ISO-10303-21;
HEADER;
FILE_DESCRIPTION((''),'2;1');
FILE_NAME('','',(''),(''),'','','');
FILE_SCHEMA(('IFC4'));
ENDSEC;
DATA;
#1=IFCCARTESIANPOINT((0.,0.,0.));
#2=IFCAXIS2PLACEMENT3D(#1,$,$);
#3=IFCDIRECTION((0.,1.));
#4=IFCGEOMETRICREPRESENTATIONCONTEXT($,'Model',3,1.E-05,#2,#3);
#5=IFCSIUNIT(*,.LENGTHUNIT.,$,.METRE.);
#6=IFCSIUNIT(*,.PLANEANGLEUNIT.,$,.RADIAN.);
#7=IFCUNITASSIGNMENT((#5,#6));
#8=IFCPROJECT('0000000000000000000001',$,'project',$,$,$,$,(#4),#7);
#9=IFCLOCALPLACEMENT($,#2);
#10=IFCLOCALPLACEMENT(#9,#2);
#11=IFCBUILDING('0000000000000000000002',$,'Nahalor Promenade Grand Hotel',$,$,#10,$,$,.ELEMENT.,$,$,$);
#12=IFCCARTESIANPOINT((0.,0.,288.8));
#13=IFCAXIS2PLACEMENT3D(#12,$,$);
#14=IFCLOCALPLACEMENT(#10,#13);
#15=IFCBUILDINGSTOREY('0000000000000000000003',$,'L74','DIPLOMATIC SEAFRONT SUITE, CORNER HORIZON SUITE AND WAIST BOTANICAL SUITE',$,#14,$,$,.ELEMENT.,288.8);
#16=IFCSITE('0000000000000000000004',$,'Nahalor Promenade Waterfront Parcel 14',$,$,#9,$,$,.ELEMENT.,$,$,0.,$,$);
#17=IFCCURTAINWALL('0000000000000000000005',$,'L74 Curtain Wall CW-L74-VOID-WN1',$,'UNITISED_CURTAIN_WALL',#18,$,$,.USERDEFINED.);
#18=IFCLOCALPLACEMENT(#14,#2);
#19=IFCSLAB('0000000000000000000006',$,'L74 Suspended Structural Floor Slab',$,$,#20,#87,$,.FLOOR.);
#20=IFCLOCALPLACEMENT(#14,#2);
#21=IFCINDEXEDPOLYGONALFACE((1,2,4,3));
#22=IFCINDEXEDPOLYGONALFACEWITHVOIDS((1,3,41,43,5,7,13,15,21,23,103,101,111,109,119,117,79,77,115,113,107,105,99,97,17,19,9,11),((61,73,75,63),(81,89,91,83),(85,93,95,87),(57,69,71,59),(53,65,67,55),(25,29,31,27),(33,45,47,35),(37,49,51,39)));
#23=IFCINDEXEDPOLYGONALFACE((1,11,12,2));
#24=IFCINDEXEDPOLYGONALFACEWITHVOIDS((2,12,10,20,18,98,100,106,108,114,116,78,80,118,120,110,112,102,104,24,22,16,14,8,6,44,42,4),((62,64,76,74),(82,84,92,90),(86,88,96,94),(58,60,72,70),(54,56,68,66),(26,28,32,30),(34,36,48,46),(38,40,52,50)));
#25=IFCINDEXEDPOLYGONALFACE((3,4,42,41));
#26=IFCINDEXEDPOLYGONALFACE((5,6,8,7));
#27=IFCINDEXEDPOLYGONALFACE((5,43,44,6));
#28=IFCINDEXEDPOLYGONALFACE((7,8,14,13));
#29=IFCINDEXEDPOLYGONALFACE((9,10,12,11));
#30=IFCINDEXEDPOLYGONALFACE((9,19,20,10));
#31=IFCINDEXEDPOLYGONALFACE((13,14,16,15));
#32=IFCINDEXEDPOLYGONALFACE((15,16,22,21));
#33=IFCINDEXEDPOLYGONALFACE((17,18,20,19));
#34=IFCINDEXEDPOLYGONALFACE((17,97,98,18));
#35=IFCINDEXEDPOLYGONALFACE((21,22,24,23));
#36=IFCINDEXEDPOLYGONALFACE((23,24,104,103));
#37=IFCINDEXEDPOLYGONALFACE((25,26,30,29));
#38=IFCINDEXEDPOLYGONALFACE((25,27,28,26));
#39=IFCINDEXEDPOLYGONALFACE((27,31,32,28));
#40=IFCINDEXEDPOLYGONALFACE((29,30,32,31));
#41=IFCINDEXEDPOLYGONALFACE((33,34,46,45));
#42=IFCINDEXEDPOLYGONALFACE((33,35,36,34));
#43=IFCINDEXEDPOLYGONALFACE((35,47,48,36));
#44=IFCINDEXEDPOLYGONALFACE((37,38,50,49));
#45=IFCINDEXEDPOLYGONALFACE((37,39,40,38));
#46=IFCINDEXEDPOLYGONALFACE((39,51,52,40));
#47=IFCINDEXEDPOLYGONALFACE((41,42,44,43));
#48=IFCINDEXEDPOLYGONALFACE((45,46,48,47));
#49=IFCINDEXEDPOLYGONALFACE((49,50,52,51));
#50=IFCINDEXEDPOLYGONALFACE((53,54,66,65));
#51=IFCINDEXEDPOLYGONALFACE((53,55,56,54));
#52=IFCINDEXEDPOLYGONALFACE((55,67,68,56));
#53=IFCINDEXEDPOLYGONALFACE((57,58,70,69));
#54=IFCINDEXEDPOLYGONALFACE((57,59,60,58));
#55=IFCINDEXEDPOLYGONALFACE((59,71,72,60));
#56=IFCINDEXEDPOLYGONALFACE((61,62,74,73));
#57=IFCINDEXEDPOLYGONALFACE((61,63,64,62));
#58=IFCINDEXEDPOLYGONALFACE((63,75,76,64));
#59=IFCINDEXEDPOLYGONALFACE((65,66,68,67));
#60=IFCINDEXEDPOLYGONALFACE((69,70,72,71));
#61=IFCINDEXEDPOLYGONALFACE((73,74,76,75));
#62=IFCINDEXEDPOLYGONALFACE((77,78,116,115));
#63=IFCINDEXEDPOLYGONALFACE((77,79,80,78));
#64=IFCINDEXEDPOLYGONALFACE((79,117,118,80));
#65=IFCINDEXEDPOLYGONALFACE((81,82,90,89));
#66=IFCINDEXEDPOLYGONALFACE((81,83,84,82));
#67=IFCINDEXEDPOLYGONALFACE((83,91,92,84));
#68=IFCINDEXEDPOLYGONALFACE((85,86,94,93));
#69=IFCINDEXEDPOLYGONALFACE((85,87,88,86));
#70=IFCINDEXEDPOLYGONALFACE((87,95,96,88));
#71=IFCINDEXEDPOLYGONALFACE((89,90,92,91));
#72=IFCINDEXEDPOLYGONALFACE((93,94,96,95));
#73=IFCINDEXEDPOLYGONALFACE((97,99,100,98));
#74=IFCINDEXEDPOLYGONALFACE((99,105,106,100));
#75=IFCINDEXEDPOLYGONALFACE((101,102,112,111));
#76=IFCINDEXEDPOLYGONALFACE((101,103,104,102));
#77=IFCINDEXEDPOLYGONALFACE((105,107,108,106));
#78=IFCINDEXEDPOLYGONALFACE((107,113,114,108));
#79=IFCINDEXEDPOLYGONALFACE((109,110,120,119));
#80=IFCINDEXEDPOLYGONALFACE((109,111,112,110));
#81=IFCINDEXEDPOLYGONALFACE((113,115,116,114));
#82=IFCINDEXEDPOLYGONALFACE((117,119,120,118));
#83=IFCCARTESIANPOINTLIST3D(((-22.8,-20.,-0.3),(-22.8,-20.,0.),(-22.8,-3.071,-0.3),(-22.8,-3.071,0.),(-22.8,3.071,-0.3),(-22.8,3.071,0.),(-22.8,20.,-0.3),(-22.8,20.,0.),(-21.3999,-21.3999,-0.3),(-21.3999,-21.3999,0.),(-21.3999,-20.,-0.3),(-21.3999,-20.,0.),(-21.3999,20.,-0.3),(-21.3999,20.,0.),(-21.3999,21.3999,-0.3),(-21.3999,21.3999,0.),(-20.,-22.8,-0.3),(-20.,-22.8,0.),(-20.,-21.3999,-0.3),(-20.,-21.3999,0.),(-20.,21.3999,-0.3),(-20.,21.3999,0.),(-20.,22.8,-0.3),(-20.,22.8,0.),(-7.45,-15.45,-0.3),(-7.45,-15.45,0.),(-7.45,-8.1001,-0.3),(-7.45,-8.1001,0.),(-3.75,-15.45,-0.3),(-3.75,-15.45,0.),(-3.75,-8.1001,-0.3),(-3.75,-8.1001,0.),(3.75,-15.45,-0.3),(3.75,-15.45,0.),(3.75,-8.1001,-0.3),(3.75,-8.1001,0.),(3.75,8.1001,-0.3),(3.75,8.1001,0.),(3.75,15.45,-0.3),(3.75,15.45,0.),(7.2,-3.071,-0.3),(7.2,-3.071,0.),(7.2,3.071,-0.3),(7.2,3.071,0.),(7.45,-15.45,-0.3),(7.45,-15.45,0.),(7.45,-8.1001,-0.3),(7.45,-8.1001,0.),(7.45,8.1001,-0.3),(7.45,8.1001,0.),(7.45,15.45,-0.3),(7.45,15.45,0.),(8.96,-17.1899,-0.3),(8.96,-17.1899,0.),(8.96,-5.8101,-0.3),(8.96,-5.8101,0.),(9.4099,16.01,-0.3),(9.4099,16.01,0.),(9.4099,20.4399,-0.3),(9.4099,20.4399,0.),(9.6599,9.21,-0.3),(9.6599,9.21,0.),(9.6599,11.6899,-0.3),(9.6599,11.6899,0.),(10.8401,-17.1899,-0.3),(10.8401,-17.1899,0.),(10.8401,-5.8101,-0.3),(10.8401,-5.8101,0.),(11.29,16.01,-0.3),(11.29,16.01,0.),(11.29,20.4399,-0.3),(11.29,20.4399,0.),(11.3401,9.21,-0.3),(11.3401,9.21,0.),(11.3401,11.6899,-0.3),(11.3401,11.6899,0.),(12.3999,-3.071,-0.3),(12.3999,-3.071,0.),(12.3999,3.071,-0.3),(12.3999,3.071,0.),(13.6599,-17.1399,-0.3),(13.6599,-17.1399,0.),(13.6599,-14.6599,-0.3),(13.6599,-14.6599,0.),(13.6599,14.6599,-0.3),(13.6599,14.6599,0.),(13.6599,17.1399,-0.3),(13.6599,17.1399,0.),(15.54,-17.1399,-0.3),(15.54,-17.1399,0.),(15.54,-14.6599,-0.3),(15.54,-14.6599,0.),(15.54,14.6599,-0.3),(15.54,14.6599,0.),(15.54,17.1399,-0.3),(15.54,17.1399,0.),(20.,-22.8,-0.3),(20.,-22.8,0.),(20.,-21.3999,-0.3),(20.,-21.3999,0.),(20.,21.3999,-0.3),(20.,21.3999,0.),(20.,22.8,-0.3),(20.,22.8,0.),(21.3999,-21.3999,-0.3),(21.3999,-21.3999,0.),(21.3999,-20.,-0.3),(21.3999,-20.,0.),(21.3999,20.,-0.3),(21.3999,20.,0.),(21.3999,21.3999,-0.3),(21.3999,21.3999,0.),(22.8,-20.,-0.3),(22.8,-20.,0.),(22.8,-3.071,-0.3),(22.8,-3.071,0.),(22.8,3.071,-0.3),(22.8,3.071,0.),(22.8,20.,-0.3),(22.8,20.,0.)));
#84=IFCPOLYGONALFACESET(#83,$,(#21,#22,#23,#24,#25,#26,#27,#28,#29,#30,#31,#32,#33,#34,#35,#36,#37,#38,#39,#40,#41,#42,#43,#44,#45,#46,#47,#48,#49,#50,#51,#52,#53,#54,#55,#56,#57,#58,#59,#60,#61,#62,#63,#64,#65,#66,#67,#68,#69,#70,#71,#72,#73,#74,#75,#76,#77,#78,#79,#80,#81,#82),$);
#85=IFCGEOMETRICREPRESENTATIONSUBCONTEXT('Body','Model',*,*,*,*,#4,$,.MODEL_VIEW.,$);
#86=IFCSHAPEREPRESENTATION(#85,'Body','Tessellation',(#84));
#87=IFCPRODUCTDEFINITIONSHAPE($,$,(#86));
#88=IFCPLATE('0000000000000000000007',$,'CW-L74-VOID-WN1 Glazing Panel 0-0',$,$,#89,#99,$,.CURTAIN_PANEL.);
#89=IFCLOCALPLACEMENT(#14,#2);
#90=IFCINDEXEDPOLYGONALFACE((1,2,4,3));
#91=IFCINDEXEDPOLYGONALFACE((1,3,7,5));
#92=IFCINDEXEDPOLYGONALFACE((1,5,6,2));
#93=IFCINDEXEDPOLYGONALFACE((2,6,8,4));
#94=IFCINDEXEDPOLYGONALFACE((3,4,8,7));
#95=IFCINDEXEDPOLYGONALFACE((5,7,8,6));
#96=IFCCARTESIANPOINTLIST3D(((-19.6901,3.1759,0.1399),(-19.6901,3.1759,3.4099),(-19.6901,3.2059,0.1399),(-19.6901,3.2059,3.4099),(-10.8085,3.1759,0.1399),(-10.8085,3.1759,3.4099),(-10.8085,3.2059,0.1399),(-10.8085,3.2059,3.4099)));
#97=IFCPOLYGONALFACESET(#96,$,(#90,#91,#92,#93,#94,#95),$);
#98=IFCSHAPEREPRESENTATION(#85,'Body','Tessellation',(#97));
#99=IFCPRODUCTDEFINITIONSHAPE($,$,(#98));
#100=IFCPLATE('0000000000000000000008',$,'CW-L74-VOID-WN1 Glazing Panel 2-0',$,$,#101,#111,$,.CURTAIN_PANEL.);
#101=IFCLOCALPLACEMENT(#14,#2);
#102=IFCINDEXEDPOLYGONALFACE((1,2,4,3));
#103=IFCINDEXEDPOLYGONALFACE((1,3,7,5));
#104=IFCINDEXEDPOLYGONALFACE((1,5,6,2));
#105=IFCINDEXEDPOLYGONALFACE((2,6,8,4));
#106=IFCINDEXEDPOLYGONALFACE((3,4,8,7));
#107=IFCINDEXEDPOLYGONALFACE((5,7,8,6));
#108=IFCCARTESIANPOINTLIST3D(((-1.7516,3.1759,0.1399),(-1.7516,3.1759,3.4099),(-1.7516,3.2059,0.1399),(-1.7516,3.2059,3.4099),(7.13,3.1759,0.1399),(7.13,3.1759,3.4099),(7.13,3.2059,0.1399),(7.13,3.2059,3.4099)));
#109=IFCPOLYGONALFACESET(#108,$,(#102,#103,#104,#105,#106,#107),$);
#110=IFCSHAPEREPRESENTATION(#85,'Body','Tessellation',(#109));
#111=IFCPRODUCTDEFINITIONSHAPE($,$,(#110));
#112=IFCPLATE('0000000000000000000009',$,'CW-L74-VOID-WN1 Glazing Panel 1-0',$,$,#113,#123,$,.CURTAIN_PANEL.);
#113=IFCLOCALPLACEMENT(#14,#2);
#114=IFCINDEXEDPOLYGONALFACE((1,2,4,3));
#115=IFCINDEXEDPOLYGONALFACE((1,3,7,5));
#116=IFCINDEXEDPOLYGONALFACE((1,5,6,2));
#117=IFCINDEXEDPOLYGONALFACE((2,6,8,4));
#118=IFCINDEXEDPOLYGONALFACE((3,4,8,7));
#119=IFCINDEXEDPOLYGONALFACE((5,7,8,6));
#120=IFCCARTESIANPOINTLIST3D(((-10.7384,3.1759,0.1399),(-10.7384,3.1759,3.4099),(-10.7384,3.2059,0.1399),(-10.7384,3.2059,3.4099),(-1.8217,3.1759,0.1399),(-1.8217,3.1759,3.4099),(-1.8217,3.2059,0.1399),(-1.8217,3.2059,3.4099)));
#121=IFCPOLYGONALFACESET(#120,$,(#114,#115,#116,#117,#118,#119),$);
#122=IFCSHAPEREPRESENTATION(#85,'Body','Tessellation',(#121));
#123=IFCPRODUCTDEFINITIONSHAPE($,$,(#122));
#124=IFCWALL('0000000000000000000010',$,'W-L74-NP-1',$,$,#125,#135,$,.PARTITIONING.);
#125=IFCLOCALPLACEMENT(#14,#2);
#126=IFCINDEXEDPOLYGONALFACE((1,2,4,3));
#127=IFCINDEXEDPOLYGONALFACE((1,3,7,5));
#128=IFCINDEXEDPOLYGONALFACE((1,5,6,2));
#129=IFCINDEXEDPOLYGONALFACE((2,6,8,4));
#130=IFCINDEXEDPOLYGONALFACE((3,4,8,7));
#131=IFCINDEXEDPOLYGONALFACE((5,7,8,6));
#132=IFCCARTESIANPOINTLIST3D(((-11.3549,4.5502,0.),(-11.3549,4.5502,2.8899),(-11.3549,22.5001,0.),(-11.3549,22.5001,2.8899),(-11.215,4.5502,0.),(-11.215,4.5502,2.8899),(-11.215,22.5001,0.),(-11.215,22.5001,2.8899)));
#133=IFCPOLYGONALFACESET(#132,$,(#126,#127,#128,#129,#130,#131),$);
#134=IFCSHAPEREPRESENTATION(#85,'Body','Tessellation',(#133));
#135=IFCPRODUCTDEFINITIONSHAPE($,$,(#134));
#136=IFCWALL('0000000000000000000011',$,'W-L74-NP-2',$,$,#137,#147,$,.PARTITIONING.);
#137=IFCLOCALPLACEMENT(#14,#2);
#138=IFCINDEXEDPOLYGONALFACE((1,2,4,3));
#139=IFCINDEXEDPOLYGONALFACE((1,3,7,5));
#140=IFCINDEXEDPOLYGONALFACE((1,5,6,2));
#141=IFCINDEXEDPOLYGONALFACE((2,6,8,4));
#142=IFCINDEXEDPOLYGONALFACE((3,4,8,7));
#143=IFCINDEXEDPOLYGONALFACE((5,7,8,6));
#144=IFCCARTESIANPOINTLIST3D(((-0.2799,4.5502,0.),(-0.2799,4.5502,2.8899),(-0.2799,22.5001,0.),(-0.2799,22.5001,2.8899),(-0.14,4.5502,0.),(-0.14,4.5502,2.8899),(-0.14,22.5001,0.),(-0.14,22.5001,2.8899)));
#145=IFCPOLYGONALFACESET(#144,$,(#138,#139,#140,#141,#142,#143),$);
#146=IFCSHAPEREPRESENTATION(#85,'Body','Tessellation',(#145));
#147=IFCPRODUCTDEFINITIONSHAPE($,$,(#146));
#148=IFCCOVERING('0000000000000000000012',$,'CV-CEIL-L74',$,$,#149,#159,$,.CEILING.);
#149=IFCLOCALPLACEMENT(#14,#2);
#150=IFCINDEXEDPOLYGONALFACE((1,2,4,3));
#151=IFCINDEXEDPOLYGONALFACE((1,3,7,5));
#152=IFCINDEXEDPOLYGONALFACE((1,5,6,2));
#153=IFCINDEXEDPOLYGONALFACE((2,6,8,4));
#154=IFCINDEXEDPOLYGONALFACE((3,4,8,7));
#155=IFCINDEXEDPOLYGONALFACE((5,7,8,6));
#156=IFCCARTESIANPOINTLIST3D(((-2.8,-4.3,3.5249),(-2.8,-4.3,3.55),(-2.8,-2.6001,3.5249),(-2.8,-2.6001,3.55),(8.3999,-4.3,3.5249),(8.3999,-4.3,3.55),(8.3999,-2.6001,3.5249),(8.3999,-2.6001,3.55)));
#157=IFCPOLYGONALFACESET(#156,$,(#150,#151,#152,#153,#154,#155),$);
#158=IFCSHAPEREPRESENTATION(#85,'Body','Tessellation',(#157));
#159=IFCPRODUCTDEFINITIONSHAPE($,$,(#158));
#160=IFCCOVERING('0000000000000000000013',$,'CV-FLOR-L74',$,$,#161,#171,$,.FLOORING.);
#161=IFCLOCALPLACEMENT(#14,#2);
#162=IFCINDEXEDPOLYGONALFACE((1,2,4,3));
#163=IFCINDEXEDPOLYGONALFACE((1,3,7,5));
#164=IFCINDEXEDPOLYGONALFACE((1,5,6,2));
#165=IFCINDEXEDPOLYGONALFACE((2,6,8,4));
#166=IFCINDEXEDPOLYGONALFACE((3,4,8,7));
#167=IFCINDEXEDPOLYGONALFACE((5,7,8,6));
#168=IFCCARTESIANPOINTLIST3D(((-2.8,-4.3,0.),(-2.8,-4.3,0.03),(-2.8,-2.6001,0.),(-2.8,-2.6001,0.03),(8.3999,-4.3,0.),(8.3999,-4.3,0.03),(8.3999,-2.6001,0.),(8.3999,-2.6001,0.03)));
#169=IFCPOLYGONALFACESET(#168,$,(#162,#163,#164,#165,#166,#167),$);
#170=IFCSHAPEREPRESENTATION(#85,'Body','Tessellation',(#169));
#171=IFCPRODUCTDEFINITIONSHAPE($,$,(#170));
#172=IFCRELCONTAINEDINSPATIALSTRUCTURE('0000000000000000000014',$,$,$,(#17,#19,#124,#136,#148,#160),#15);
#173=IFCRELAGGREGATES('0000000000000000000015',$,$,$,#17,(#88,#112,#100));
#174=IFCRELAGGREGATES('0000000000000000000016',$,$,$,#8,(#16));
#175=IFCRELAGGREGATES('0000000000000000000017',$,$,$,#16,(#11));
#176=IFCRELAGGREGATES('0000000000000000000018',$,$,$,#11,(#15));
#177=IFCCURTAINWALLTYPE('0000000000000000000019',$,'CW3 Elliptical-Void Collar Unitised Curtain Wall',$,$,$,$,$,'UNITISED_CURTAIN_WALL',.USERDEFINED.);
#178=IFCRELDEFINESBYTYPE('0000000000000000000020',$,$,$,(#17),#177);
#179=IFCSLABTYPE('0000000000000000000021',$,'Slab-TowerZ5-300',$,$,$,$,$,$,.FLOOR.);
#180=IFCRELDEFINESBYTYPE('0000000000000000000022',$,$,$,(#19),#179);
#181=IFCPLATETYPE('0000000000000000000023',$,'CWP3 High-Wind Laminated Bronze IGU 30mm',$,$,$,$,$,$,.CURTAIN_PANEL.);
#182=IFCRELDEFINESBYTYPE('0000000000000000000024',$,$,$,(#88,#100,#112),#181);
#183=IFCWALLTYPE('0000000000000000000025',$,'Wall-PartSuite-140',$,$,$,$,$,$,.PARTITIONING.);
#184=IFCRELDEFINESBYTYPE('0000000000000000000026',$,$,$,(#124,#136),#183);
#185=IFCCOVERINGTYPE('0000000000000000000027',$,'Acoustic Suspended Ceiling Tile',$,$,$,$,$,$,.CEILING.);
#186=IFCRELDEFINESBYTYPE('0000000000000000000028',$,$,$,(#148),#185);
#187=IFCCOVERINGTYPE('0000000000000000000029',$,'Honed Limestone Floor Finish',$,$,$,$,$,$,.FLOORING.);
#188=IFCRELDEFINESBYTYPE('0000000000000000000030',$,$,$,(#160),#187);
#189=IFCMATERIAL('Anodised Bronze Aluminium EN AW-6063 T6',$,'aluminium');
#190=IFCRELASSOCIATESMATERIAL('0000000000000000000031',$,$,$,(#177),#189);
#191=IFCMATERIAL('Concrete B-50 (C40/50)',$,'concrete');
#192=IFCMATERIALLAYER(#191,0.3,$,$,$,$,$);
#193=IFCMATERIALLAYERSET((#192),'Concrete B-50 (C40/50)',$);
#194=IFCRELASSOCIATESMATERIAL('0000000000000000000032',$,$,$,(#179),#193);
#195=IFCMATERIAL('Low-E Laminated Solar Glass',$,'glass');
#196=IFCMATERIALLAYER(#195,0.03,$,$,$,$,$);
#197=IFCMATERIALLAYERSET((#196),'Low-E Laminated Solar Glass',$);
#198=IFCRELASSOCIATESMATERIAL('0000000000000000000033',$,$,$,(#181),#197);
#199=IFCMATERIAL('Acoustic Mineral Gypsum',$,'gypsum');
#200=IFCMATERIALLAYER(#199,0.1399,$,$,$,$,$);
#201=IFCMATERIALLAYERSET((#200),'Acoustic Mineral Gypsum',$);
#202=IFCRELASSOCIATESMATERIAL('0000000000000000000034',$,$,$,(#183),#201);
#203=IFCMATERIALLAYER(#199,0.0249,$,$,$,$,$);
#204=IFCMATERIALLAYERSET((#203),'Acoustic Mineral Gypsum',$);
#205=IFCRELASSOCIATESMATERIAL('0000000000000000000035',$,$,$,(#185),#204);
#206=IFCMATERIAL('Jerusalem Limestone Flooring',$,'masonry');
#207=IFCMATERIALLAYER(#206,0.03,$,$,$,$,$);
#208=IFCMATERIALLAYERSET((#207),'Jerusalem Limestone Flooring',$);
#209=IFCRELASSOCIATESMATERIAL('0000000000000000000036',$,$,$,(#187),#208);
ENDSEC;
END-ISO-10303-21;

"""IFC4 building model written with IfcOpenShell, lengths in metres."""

from ifc_helpers import new_model, si_unit, direction, frame, frame_2d, origin, origin_2d, place, context, subcontext, project, spatial, polyline, rectangle, outline, extrude, source, transform, mapped, material, layer, layer_set, type_object, element, aggregate, save


model = new_model("IFC4")

# Units and contexts
model_context = context("Model", 3, precision=1e-05, world=origin(), true_north=direction((0.0, 1.0)))
body_context = subcontext(model_context, "Body", "Model", "MODEL_VIEW")
ifc_project = project(units=[si_unit("LENGTHUNIT", "METRE"), si_unit("PLANEANGLEUNIT", "RADIAN")], contexts=[model_context])

# Site, building, storey
site_placement = place(None, origin())
site = spatial("IfcSite", under=ifc_project, at=site_placement, Name="Nahalor Promenade Waterfront Parcel 14", CompositionType="ELEMENT", RefElevation=0.0)
building_placement = place(site_placement, origin())
building = spatial("IfcBuilding", under=site, at=building_placement, Name="Nahalor Promenade Grand Hotel", CompositionType="ELEMENT")
storey_placement = place(building_placement, frame((0.0, 0.0, 288.8)))
storey = spatial("IfcBuildingStorey", under=building, at=storey_placement, Name="L74", Description="DIPLOMATIC SEAFRONT SUITE, CORNER HORIZON SUITE AND WAIST BOTANICAL SUITE", CompositionType="ELEMENT", Elevation=288.8)

# Shared definitions
ifc_material_1 = material(Name="Concrete B-50 (C40/50)", Category="concrete")

# Curtain wall
ifc_material_2 = material(Name="Anodised Bronze Aluminium EN AW-6063 T6", Category="aluminium")
curtain_wall_type = type_object("IfcCurtainWallType", Name="CW3 Elliptical-Void Collar Unitised Curtain Wall", ElementType="UNITISED_CURTAIN_WALL", PredefinedType="USERDEFINED", material=ifc_material_2)
curtain_wall_placement = place(storey_placement, origin())
curtain_wall = element("IfcCurtainWall", 1, at=curtain_wall_placement, inside=storey, type_object=curtain_wall_type, Name="L74 Curtain Wall CW-L74-VOID-WN1", ObjectType="UNITISED_CURTAIN_WALL", PredefinedType="USERDEFINED")

# Slab
ifc_layer_1 = layer(ifc_material_1, 0.3)
ifc_layer_set_1 = layer_set([ifc_layer_1], Name="Concrete B-50 (C40/50)")
slab_type_1 = type_object("IfcSlabType", Name="Slab-TowerZ5-300", PredefinedType="FLOOR", material=ifc_layer_set_1)
slab_1_placement = place(storey_placement, frame((0.0, 0.0, -0.3)))
element("IfcSlab", 2, at=slab_1_placement, inside=storey, type_object=slab_type_1, Name="L74 Suspended Structural Floor Slab", PredefinedType="FLOOR", context=body_context, shape_type="SweptSolid", body=[
    extrude(outline(polyline([(-20.0, -22.8), (20.0, -22.8), (20.0, -21.3999), (21.3999, -21.3999), (21.3999, -20.0), (22.8, -20.0), (22.8, -3.071), (12.3999, -3.071), (12.3999, 3.071), (22.8, 3.071), (22.8, 20.0), (21.3999, 20.0), (21.3999, 21.3999), (20.0, 21.3999), (20.0, 22.8), (-20.0, 22.8), (-20.0, 21.3999), (-21.3999, 21.3999), (-21.3999, 20.0), (-22.8, 20.0), (-22.8, 3.071), (7.2, 3.071), (7.2, -3.071), (-22.8, -3.071), (-22.8, -20.0), (-21.3999, -20.0), (-21.3999, -21.3999), (-20.0, -21.3999), (-20.0, -22.8)]), holes=[polyline([(3.75, 8.1001), (7.45, 8.1001), (7.45, 15.45), (3.75, 15.45), (3.75, 8.1001)]), polyline([(3.75, -15.45), (7.45, -15.45), (7.45, -8.1001), (3.75, -8.1001), (3.75, -15.45)]), polyline([(-7.45, -15.45), (-3.75, -15.45), (-3.75, -8.1001), (-7.45, -8.1001), (-7.45, -15.45)]), polyline([(8.96, -17.1899), (10.8401, -17.1899), (10.8401, -5.8101), (8.96, -5.8101), (8.96, -17.1899)]), polyline([(9.4099, 16.01), (11.29, 16.01), (11.29, 20.4399), (9.4099, 20.4399), (9.4099, 16.01)]), polyline([(9.6599, 9.21), (11.3401, 9.21), (11.3401, 11.6899), (9.6599, 11.6899), (9.6599, 9.21)]), polyline([(13.6599, 14.6599), (15.54, 14.6599), (15.54, 17.1399), (13.6599, 17.1399), (13.6599, 14.6599)]), polyline([(13.6599, -17.1399), (15.54, -17.1399), (15.54, -14.6599), (13.6599, -14.6599), (13.6599, -17.1399)])]), origin(), (0.0, 0.0, 1.0), 0.3),
])

# Plates
ifc_material_3 = material(Name="Low-E Laminated Solar Glass", Category="glass")
ifc_layer_2 = layer(ifc_material_3, 0.03)
ifc_layer_set_2 = layer_set([ifc_layer_2], Name="Low-E Laminated Solar Glass")
plate_type = type_object("IfcPlateType", Name="CWP3 High-Wind Laminated Bronze IGU 30mm", PredefinedType="CURTAIN_PANEL", material=ifc_layer_set_2)
shared_shape_1 = source(origin(), body_context, "Body", "SweptSolid", [
    extrude(rectangle(XDim=8.8816, YDim=0.03, at=origin_2d()), origin(), (0.0, 0.0, 1.0), 3.27),
])
plate_1_placement = place(storey_placement, frame((-15.2493, 3.1909, 0.1399), z_axis=(0.0, 0.0, 1.0), x_axis=(1.0, 0.0, 0.0)))
plate_1 = element("IfcPlate", 3, at=plate_1_placement, type_object=plate_type, Name="CW-L74-VOID-WN1 Glazing Panel 0-0", PredefinedType="CURTAIN_PANEL", context=body_context, shape_type="MappedRepresentation", body=[
    mapped(shared_shape_1, transform((0.0, 0.0, 0.0), scale=1.0)),
])
plate_2_placement = place(storey_placement, frame((2.6892, 3.1909, 0.1399), z_axis=(0.0, 0.0, 1.0), x_axis=(1.0, 0.0, 0.0)))
plate_2 = element("IfcPlate", 4, at=plate_2_placement, type_object=plate_type, Name="CW-L74-VOID-WN1 Glazing Panel 2-0", PredefinedType="CURTAIN_PANEL", context=body_context, shape_type="MappedRepresentation", body=[
    mapped(shared_shape_1, transform((0.0, 0.0, 0.0), scale=1.0)),
])
shared_shape_2 = source(origin(), body_context, "Body", "SweptSolid", [
    extrude(rectangle(XDim=8.9167, YDim=0.03, at=origin_2d()), origin(), (0.0, 0.0, 1.0), 3.27),
])
plate_3_placement = place(storey_placement, frame((-6.28, 3.1909, 0.1399), z_axis=(0.0, 0.0, 1.0), x_axis=(1.0, 0.0, 0.0)))
plate_3 = element("IfcPlate", 5, at=plate_3_placement, type_object=plate_type, Name="CW-L74-VOID-WN1 Glazing Panel 1-0", PredefinedType="CURTAIN_PANEL", context=body_context, shape_type="MappedRepresentation", body=[
    mapped(shared_shape_2, transform((0.0, 0.0, 0.0), scale=1.0)),
])
aggregate(curtain_wall, [plate_1, plate_3, plate_2])

# Walls
ifc_material_4 = material(Name="Acoustic Mineral Gypsum", Category="gypsum")
ifc_layer_3 = layer(ifc_material_4, 0.1399)
ifc_layer_set_3 = layer_set([ifc_layer_3], Name="Acoustic Mineral Gypsum")
wall_type = type_object("IfcWallType", Name="Wall-PartSuite-140", PredefinedType="PARTITIONING", material=ifc_layer_set_3)
shared_shape_3 = source(origin(), body_context, "Body", "SweptSolid", [
    extrude(rectangle(XDim=17.95, YDim=0.1399, at=frame_2d((8.9751, 0.0))), origin(), (0.0, 0.0, 1.0), 2.8899),
])
for number, where, z_axis, x_axis, name in (
    (6, (-11.2849, 4.55, 0.0), (0.0, 0.0, 1.0), (0.0, 1.0, 0.0), "W-L74-NP-1"),
    (7, (-0.21, 4.55, 0.0), (0.0, 0.0, 1.0), (0.0, 1.0, 0.0), "W-L74-NP-2"),
):
    element("IfcWall", number, at=place(storey_placement, frame(where, z_axis=z_axis, x_axis=x_axis)), inside=storey, type_object=wall_type, Name=name, PredefinedType="PARTITIONING", context=body_context, shape_type="MappedRepresentation", body=[
        mapped(shared_shape_3, transform((0.0, 0.0, 0.0), scale=1.0)),
    ])

# Coverings
ifc_layer_4 = layer(ifc_material_4, 0.0249)
ifc_layer_set_4 = layer_set([ifc_layer_4], Name="Acoustic Mineral Gypsum")
covering_type_1 = type_object("IfcCoveringType", Name="Acoustic Suspended Ceiling Tile", PredefinedType="CEILING", material=ifc_layer_set_4)
covering_1_placement = place(storey_placement, frame((0.0, 0.0, 3.5249)))
element("IfcCovering", 8, at=covering_1_placement, inside=storey, type_object=covering_type_1, Name="CV-CEIL-L74", PredefinedType="CEILING", context=body_context, shape_type="SweptSolid", body=[
    extrude(outline(polyline([(-2.8, -4.3), (8.3999, -4.3), (8.3999, -2.6001), (-2.8, -2.6001), (-2.8, -4.3)])), origin(), (0.0, 0.0, 1.0), 0.0251),
])
ifc_material_5 = material(Name="Jerusalem Limestone Flooring", Category="masonry")
ifc_layer_5 = layer(ifc_material_5, 0.03)
ifc_layer_set_5 = layer_set([ifc_layer_5], Name="Jerusalem Limestone Flooring")
covering_type_2 = type_object("IfcCoveringType", Name="Honed Limestone Floor Finish", PredefinedType="FLOORING", material=ifc_layer_set_5)
covering_2_placement = place(storey_placement, origin())
element("IfcCovering", 9, at=covering_2_placement, inside=storey, type_object=covering_type_2, Name="CV-FLOR-L74", PredefinedType="FLOORING", context=body_context, shape_type="SweptSolid", body=[
    extrude(outline(polyline([(-2.8, -4.3), (8.3999, -4.3), (8.3999, -2.6001), (-2.8, -2.6001), (-2.8, -4.3)])), origin(), (0.0, 0.0, 1.0), 0.03),
])

save(model, "model.ifc")
